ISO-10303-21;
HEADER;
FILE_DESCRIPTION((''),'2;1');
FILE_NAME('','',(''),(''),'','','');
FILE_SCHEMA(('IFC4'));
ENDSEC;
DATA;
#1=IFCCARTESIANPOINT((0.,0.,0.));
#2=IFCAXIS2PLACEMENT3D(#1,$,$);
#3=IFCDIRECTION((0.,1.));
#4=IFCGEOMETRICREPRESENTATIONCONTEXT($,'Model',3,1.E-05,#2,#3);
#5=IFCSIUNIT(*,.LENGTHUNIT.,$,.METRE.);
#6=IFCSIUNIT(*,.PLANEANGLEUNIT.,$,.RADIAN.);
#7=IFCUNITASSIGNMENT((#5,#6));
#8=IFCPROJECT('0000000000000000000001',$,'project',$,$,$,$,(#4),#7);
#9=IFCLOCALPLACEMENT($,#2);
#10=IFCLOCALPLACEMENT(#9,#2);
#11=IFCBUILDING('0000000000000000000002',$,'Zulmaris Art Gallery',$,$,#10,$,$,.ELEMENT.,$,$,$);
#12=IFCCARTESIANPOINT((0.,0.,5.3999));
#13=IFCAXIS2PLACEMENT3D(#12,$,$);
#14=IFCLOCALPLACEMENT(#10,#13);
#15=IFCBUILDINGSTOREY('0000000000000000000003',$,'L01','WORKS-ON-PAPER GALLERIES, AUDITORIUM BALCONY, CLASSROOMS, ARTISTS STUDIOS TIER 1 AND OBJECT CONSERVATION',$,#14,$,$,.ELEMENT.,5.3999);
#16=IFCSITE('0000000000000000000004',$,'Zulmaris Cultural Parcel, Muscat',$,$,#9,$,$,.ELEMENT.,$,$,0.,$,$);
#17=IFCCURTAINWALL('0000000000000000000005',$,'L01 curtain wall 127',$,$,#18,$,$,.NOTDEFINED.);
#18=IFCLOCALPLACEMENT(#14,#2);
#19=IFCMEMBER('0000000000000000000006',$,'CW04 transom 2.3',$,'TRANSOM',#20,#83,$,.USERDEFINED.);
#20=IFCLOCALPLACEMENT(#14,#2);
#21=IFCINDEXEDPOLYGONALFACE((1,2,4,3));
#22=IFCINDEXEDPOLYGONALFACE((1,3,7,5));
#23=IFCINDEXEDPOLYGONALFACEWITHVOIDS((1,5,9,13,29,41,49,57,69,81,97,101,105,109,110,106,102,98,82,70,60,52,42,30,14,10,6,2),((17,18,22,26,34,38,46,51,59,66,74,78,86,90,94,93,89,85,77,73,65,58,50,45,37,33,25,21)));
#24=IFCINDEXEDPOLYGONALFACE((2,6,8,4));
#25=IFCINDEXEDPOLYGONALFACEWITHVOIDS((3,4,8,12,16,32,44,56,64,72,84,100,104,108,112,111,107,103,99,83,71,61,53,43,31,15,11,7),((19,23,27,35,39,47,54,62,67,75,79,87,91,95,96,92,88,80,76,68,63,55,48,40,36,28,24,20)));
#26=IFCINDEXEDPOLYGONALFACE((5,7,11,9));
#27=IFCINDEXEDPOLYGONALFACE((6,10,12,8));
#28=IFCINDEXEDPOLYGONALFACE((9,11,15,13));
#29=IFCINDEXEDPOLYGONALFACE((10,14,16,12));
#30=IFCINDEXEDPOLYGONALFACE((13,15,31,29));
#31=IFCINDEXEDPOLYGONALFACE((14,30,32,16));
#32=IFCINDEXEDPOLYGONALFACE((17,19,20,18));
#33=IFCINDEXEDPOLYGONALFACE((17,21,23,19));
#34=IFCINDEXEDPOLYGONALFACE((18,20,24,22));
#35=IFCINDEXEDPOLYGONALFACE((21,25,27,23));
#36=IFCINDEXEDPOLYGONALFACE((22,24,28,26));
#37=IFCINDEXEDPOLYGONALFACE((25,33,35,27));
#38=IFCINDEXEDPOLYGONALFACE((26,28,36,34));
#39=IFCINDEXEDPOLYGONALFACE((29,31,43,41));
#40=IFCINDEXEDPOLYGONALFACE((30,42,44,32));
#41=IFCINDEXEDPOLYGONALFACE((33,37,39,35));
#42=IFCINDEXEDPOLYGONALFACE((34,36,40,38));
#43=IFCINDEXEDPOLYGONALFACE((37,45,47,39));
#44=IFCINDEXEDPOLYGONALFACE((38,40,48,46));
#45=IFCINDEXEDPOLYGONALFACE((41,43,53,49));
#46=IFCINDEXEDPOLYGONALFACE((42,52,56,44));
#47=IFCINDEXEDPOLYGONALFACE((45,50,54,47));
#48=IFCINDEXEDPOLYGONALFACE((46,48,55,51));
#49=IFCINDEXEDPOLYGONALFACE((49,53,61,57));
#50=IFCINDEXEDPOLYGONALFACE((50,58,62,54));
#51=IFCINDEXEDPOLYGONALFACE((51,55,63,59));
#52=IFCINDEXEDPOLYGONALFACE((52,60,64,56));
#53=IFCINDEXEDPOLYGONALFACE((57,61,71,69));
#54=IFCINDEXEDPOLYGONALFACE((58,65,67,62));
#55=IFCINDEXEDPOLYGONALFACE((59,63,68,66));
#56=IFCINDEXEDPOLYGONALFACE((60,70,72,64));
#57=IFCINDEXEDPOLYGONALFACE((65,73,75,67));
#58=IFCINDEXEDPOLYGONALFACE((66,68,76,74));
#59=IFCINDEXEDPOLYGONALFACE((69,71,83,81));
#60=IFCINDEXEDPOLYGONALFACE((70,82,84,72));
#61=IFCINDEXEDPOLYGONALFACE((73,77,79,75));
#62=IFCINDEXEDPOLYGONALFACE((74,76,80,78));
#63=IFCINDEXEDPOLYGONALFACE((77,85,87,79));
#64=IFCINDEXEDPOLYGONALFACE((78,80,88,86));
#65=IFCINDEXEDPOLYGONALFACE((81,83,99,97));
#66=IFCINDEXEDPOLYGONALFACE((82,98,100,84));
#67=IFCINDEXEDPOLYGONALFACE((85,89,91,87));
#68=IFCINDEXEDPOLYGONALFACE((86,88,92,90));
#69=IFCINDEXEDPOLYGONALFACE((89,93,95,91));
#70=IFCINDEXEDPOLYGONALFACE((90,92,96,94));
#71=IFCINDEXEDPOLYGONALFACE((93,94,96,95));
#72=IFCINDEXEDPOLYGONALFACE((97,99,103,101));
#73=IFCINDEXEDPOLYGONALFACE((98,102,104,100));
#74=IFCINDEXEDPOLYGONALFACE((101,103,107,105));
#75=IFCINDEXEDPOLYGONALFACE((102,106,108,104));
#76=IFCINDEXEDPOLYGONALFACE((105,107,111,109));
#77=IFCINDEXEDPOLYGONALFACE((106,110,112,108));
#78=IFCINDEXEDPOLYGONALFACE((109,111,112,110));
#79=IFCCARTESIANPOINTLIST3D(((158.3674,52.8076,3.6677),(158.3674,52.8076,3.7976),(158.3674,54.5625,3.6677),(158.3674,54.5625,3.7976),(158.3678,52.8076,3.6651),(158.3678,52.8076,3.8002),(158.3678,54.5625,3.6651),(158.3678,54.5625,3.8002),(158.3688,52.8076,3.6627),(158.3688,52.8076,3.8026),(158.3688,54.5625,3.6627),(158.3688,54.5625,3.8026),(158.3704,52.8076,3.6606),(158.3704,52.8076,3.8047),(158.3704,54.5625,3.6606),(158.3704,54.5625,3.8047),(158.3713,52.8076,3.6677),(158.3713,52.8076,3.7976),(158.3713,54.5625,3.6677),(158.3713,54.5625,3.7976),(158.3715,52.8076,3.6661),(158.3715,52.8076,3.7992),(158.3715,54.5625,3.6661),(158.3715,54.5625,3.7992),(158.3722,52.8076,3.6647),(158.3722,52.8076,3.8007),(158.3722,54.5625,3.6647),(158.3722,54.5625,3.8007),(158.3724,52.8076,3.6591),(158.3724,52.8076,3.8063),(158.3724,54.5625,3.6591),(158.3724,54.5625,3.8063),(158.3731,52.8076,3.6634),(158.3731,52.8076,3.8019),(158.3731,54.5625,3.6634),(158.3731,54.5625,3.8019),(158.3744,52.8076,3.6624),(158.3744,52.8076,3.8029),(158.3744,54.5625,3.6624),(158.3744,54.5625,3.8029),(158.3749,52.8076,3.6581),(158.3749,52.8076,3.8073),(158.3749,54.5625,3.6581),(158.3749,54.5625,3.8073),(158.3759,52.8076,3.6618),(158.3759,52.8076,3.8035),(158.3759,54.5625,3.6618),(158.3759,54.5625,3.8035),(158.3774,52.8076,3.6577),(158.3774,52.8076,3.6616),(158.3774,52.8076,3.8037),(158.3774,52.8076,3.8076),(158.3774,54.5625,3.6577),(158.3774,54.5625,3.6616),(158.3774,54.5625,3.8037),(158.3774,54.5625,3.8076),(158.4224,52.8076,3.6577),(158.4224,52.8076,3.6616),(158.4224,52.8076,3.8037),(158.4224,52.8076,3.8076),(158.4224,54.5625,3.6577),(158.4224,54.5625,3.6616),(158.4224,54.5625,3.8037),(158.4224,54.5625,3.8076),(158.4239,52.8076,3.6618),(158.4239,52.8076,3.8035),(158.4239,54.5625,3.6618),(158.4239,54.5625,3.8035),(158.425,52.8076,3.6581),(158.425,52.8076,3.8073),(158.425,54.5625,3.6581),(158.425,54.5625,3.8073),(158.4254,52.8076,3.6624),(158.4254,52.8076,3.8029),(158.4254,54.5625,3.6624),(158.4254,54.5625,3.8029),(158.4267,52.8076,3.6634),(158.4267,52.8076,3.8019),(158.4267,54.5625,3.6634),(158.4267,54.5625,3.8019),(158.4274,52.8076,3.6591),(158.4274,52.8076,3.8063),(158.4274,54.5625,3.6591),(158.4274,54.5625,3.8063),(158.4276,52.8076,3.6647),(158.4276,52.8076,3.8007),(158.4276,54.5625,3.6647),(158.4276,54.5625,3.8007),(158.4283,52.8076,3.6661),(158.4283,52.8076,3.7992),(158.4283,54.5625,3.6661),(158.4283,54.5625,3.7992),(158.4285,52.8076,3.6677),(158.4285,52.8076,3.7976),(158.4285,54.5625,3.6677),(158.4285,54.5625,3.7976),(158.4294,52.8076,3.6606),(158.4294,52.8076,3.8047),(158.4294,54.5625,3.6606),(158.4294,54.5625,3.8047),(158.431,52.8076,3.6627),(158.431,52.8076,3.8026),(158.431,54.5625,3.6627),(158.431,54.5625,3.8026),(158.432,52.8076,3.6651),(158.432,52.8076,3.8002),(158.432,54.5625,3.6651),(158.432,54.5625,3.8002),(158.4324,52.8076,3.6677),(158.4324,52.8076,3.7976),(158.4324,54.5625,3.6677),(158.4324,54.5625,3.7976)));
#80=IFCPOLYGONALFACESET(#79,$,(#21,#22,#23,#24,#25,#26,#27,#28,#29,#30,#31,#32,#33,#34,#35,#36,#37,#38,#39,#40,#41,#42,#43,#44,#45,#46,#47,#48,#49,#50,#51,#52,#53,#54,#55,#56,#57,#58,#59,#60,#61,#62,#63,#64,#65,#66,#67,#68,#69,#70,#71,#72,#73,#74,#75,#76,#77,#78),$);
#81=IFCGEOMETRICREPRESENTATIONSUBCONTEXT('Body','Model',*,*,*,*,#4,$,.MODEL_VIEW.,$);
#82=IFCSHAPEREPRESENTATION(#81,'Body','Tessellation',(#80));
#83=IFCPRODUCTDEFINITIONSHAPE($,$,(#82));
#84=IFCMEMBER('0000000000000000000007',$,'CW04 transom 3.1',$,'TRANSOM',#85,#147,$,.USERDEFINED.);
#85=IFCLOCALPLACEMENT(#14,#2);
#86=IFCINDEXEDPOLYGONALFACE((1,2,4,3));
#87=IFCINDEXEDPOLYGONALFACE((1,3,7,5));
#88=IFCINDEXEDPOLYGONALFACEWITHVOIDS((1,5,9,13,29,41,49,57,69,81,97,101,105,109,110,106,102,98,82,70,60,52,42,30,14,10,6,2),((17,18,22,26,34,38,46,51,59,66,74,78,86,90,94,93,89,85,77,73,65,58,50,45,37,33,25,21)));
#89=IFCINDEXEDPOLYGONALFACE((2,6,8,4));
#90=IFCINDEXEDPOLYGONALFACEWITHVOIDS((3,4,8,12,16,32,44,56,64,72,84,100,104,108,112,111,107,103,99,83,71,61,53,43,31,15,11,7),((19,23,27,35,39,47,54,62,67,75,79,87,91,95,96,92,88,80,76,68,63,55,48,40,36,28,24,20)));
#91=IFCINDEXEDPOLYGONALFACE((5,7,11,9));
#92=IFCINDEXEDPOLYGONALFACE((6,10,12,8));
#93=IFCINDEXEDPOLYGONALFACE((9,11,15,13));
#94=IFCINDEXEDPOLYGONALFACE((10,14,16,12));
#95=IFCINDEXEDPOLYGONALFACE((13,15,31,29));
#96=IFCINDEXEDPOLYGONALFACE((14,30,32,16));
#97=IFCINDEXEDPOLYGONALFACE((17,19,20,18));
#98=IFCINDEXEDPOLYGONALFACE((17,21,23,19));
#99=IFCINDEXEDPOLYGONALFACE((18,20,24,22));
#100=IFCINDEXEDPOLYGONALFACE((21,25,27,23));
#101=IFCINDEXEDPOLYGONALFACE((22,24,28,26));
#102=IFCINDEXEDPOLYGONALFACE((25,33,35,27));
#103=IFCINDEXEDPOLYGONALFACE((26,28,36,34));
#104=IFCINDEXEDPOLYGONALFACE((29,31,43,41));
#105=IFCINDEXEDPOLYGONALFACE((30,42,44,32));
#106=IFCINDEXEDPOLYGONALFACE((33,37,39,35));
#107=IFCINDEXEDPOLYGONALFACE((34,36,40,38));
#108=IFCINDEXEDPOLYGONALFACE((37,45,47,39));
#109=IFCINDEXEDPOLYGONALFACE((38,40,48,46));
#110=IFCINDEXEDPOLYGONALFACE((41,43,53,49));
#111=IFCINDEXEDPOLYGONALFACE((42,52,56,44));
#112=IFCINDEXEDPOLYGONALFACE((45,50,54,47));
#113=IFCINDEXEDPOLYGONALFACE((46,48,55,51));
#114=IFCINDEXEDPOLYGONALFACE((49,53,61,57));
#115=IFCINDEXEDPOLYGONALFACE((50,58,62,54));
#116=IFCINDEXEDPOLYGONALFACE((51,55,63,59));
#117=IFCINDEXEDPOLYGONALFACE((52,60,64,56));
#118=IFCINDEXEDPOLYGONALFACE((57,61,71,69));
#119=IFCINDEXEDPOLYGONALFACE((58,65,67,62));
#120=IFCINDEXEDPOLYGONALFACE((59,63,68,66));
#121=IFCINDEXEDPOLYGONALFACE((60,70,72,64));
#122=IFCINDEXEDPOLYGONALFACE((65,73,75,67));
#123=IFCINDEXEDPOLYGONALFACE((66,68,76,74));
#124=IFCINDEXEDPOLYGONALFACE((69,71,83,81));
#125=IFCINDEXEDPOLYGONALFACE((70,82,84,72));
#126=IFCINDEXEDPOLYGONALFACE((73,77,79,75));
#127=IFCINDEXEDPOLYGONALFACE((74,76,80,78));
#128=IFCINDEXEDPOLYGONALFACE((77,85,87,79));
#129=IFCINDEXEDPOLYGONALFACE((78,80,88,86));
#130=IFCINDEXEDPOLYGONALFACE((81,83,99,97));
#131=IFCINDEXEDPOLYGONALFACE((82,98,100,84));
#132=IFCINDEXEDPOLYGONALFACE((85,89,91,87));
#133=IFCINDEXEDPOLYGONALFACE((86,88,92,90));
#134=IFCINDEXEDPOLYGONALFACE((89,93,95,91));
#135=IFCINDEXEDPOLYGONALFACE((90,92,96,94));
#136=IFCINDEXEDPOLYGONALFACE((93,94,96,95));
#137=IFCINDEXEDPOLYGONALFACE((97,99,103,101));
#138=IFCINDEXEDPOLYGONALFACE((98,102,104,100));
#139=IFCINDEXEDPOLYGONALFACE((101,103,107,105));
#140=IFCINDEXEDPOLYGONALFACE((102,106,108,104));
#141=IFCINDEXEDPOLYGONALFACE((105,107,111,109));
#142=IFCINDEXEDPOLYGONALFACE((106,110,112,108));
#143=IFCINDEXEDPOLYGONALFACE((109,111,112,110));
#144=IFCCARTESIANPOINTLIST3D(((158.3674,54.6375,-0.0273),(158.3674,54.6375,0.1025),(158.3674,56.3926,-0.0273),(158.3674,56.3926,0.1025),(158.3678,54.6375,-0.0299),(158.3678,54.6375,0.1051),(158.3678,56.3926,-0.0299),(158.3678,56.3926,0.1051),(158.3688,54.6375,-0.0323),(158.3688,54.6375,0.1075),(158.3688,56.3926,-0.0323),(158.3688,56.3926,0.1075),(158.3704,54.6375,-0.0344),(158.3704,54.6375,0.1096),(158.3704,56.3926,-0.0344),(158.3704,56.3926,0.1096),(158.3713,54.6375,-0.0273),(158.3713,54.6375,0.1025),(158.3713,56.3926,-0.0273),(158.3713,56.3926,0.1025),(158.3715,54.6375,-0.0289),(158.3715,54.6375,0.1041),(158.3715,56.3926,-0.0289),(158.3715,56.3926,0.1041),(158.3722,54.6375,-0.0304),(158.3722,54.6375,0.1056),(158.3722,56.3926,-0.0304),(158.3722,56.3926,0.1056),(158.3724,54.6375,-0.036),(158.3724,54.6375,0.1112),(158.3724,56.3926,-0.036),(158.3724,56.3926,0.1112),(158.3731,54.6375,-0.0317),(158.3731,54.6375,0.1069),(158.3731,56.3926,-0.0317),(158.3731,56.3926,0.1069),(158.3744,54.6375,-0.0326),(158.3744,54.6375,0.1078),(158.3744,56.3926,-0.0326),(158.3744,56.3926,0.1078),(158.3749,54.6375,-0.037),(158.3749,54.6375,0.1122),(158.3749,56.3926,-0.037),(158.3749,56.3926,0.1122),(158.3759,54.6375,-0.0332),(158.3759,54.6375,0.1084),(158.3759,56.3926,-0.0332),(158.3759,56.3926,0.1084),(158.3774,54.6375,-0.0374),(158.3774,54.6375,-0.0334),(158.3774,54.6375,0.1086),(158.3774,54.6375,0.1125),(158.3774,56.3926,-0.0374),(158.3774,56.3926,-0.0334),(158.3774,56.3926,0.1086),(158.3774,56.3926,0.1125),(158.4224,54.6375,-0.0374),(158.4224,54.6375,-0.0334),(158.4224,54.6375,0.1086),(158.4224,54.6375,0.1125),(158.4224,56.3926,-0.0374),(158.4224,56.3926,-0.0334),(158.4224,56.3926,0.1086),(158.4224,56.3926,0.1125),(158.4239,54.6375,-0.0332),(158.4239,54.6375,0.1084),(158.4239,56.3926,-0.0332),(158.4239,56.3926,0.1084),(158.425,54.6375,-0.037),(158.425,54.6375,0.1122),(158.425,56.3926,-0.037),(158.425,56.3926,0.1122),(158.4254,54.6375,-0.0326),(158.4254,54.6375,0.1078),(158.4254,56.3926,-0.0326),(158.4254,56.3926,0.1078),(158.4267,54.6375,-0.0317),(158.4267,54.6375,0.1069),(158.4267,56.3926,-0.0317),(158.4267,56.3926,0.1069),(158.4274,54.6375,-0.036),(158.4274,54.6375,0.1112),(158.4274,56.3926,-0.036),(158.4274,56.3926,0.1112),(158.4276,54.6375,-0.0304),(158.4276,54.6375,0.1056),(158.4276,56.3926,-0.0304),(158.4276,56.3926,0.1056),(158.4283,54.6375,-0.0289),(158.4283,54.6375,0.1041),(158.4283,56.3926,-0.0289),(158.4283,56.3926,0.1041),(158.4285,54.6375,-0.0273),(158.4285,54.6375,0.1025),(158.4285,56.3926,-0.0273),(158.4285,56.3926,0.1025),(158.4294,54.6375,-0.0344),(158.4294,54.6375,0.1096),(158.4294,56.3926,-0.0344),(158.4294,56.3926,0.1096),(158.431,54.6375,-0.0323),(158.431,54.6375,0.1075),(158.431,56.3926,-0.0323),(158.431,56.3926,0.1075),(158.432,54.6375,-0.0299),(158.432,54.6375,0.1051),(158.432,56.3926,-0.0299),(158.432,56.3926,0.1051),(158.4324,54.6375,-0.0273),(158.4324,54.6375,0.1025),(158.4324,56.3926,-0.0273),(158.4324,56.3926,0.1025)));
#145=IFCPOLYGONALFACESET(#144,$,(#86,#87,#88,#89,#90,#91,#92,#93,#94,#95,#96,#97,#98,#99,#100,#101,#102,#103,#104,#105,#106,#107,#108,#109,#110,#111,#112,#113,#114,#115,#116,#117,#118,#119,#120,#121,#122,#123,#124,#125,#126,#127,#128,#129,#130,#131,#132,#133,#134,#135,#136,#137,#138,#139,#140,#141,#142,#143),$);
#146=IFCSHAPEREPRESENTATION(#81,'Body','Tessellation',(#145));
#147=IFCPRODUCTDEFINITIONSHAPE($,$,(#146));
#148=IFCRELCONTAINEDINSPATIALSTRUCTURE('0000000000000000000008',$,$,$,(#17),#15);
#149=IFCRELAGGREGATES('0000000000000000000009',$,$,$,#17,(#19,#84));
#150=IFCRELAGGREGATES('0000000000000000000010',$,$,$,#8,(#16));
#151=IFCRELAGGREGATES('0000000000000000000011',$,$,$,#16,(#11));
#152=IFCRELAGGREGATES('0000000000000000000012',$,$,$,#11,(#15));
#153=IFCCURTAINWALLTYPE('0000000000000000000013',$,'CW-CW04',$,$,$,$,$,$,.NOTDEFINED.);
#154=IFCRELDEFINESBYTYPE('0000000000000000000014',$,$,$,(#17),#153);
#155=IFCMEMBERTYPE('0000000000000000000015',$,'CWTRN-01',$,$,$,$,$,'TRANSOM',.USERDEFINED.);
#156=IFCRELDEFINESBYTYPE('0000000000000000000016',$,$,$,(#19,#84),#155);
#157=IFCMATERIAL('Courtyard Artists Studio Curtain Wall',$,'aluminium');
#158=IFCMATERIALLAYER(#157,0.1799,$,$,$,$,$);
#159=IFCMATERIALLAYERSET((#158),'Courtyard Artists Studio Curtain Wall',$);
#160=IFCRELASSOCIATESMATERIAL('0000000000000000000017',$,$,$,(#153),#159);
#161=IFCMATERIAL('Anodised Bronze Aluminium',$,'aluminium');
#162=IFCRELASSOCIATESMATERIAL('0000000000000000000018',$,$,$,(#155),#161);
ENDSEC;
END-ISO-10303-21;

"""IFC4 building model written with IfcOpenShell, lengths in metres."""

from ifc_helpers import new_model, si_unit, direction, frame, origin, origin_2d, place, context, subcontext, project, spatial, hollow_rectangle, extrude, material, layer, layer_set, material_profile, profile_set, type_object, element, aggregate, save


model = new_model("IFC4")

# Units and contexts
model_context = context("Model", 3, precision=1e-05, world=origin(), true_north=direction((0.0, 1.0)))
body_context = subcontext(model_context, "Body", "Model", "MODEL_VIEW")
ifc_project = project(units=[si_unit("LENGTHUNIT", "METRE"), si_unit("PLANEANGLEUNIT", "RADIAN")], contexts=[model_context])

# Site, building, storey
site_placement = place(None, origin())
site = spatial("IfcSite", under=ifc_project, at=site_placement, Name="Zulmaris Cultural Parcel, Muscat", CompositionType="ELEMENT", RefElevation=0.0)
building_placement = place(site_placement, origin())
building = spatial("IfcBuilding", under=site, at=building_placement, Name="Zulmaris Art Gallery", CompositionType="ELEMENT")
storey_placement = place(building_placement, frame((0.0, 0.0, 5.3999)))
storey = spatial("IfcBuildingStorey", under=building, at=storey_placement, Name="L01", Description="WORKS-ON-PAPER GALLERIES, AUDITORIUM BALCONY, CLASSROOMS, ARTISTS STUDIOS TIER 1 AND OBJECT CONSERVATION", CompositionType="ELEMENT", Elevation=5.3999)

# Curtain wall, members
ifc_material_1 = material(Name="Courtyard Artists Studio Curtain Wall", Category="aluminium")
ifc_layer_1 = layer(ifc_material_1, 0.1799)
ifc_layer_set_1 = layer_set([ifc_layer_1], Name="Courtyard Artists Studio Curtain Wall")
curtain_wall_type = type_object("IfcCurtainWallType", Name="CW-CW04", PredefinedType="NOTDEFINED", material=ifc_layer_set_1)
ifc_material_2 = material(Name="Anodised Bronze Aluminium", Category="aluminium")
curtain_wall_1_placement = place(storey_placement, origin())
curtain_wall_1 = element("IfcCurtainWall", 1, at=curtain_wall_1_placement, inside=storey, type_object=curtain_wall_type, Name="L01 curtain wall 127", PredefinedType="NOTDEFINED")
ifc_material_profile_1 = material_profile(ifc_material_2, hollow_rectangle(XDim=0.0649, YDim=0.1499, WallThickness=0.0039, InnerFilletRadius=0.0061, OuterFilletRadius=0.01, at=origin_2d()), Name="ALU 65x150x4")
ifc_profile_set_1 = profile_set([ifc_material_profile_1], Name="Anodised Bronze Aluminium")
member_type_1 = type_object("IfcMemberType", Name="CWTRN-01", ElementType="TRANSOM", PredefinedType="USERDEFINED", material=ifc_profile_set_1)
member_1_placement = place(storey_placement, frame((158.3999, 52.8076, 3.7327), z_axis=(0.0, 1.0, 0.0), x_axis=(-1.0, 0.0, 0.0)))
member_1 = element("IfcMember", 2, at=member_1_placement, type_object=member_type_1, Name="CW04 transom 2.3", ObjectType="TRANSOM", PredefinedType="USERDEFINED", context=body_context, shape_type="SweptSolid", body=[
    extrude(hollow_rectangle(XDim=0.0649, YDim=0.1499, WallThickness=0.0039, InnerFilletRadius=0.0061, OuterFilletRadius=0.01, at=origin_2d()), origin(), (0.0, 0.0, 1.0), 1.7549),
])
member_2_placement = place(storey_placement, frame((158.3999, 54.6375, 0.0376), z_axis=(0.0, 1.0, 0.0), x_axis=(-1.0, 0.0, 0.0)))
member_2 = element("IfcMember", 3, at=member_2_placement, type_object=member_type_1, Name="CW04 transom 3.1", ObjectType="TRANSOM", PredefinedType="USERDEFINED", context=body_context, shape_type="SweptSolid", body=[
    extrude(hollow_rectangle(XDim=0.0649, YDim=0.1499, WallThickness=0.0039, InnerFilletRadius=0.0061, OuterFilletRadius=0.01, at=origin_2d()), origin(), (0.0, 0.0, 1.0), 1.7551),
])

aggregate(curtain_wall_1, [member_1, member_2])

save(model, "model.ifc")
